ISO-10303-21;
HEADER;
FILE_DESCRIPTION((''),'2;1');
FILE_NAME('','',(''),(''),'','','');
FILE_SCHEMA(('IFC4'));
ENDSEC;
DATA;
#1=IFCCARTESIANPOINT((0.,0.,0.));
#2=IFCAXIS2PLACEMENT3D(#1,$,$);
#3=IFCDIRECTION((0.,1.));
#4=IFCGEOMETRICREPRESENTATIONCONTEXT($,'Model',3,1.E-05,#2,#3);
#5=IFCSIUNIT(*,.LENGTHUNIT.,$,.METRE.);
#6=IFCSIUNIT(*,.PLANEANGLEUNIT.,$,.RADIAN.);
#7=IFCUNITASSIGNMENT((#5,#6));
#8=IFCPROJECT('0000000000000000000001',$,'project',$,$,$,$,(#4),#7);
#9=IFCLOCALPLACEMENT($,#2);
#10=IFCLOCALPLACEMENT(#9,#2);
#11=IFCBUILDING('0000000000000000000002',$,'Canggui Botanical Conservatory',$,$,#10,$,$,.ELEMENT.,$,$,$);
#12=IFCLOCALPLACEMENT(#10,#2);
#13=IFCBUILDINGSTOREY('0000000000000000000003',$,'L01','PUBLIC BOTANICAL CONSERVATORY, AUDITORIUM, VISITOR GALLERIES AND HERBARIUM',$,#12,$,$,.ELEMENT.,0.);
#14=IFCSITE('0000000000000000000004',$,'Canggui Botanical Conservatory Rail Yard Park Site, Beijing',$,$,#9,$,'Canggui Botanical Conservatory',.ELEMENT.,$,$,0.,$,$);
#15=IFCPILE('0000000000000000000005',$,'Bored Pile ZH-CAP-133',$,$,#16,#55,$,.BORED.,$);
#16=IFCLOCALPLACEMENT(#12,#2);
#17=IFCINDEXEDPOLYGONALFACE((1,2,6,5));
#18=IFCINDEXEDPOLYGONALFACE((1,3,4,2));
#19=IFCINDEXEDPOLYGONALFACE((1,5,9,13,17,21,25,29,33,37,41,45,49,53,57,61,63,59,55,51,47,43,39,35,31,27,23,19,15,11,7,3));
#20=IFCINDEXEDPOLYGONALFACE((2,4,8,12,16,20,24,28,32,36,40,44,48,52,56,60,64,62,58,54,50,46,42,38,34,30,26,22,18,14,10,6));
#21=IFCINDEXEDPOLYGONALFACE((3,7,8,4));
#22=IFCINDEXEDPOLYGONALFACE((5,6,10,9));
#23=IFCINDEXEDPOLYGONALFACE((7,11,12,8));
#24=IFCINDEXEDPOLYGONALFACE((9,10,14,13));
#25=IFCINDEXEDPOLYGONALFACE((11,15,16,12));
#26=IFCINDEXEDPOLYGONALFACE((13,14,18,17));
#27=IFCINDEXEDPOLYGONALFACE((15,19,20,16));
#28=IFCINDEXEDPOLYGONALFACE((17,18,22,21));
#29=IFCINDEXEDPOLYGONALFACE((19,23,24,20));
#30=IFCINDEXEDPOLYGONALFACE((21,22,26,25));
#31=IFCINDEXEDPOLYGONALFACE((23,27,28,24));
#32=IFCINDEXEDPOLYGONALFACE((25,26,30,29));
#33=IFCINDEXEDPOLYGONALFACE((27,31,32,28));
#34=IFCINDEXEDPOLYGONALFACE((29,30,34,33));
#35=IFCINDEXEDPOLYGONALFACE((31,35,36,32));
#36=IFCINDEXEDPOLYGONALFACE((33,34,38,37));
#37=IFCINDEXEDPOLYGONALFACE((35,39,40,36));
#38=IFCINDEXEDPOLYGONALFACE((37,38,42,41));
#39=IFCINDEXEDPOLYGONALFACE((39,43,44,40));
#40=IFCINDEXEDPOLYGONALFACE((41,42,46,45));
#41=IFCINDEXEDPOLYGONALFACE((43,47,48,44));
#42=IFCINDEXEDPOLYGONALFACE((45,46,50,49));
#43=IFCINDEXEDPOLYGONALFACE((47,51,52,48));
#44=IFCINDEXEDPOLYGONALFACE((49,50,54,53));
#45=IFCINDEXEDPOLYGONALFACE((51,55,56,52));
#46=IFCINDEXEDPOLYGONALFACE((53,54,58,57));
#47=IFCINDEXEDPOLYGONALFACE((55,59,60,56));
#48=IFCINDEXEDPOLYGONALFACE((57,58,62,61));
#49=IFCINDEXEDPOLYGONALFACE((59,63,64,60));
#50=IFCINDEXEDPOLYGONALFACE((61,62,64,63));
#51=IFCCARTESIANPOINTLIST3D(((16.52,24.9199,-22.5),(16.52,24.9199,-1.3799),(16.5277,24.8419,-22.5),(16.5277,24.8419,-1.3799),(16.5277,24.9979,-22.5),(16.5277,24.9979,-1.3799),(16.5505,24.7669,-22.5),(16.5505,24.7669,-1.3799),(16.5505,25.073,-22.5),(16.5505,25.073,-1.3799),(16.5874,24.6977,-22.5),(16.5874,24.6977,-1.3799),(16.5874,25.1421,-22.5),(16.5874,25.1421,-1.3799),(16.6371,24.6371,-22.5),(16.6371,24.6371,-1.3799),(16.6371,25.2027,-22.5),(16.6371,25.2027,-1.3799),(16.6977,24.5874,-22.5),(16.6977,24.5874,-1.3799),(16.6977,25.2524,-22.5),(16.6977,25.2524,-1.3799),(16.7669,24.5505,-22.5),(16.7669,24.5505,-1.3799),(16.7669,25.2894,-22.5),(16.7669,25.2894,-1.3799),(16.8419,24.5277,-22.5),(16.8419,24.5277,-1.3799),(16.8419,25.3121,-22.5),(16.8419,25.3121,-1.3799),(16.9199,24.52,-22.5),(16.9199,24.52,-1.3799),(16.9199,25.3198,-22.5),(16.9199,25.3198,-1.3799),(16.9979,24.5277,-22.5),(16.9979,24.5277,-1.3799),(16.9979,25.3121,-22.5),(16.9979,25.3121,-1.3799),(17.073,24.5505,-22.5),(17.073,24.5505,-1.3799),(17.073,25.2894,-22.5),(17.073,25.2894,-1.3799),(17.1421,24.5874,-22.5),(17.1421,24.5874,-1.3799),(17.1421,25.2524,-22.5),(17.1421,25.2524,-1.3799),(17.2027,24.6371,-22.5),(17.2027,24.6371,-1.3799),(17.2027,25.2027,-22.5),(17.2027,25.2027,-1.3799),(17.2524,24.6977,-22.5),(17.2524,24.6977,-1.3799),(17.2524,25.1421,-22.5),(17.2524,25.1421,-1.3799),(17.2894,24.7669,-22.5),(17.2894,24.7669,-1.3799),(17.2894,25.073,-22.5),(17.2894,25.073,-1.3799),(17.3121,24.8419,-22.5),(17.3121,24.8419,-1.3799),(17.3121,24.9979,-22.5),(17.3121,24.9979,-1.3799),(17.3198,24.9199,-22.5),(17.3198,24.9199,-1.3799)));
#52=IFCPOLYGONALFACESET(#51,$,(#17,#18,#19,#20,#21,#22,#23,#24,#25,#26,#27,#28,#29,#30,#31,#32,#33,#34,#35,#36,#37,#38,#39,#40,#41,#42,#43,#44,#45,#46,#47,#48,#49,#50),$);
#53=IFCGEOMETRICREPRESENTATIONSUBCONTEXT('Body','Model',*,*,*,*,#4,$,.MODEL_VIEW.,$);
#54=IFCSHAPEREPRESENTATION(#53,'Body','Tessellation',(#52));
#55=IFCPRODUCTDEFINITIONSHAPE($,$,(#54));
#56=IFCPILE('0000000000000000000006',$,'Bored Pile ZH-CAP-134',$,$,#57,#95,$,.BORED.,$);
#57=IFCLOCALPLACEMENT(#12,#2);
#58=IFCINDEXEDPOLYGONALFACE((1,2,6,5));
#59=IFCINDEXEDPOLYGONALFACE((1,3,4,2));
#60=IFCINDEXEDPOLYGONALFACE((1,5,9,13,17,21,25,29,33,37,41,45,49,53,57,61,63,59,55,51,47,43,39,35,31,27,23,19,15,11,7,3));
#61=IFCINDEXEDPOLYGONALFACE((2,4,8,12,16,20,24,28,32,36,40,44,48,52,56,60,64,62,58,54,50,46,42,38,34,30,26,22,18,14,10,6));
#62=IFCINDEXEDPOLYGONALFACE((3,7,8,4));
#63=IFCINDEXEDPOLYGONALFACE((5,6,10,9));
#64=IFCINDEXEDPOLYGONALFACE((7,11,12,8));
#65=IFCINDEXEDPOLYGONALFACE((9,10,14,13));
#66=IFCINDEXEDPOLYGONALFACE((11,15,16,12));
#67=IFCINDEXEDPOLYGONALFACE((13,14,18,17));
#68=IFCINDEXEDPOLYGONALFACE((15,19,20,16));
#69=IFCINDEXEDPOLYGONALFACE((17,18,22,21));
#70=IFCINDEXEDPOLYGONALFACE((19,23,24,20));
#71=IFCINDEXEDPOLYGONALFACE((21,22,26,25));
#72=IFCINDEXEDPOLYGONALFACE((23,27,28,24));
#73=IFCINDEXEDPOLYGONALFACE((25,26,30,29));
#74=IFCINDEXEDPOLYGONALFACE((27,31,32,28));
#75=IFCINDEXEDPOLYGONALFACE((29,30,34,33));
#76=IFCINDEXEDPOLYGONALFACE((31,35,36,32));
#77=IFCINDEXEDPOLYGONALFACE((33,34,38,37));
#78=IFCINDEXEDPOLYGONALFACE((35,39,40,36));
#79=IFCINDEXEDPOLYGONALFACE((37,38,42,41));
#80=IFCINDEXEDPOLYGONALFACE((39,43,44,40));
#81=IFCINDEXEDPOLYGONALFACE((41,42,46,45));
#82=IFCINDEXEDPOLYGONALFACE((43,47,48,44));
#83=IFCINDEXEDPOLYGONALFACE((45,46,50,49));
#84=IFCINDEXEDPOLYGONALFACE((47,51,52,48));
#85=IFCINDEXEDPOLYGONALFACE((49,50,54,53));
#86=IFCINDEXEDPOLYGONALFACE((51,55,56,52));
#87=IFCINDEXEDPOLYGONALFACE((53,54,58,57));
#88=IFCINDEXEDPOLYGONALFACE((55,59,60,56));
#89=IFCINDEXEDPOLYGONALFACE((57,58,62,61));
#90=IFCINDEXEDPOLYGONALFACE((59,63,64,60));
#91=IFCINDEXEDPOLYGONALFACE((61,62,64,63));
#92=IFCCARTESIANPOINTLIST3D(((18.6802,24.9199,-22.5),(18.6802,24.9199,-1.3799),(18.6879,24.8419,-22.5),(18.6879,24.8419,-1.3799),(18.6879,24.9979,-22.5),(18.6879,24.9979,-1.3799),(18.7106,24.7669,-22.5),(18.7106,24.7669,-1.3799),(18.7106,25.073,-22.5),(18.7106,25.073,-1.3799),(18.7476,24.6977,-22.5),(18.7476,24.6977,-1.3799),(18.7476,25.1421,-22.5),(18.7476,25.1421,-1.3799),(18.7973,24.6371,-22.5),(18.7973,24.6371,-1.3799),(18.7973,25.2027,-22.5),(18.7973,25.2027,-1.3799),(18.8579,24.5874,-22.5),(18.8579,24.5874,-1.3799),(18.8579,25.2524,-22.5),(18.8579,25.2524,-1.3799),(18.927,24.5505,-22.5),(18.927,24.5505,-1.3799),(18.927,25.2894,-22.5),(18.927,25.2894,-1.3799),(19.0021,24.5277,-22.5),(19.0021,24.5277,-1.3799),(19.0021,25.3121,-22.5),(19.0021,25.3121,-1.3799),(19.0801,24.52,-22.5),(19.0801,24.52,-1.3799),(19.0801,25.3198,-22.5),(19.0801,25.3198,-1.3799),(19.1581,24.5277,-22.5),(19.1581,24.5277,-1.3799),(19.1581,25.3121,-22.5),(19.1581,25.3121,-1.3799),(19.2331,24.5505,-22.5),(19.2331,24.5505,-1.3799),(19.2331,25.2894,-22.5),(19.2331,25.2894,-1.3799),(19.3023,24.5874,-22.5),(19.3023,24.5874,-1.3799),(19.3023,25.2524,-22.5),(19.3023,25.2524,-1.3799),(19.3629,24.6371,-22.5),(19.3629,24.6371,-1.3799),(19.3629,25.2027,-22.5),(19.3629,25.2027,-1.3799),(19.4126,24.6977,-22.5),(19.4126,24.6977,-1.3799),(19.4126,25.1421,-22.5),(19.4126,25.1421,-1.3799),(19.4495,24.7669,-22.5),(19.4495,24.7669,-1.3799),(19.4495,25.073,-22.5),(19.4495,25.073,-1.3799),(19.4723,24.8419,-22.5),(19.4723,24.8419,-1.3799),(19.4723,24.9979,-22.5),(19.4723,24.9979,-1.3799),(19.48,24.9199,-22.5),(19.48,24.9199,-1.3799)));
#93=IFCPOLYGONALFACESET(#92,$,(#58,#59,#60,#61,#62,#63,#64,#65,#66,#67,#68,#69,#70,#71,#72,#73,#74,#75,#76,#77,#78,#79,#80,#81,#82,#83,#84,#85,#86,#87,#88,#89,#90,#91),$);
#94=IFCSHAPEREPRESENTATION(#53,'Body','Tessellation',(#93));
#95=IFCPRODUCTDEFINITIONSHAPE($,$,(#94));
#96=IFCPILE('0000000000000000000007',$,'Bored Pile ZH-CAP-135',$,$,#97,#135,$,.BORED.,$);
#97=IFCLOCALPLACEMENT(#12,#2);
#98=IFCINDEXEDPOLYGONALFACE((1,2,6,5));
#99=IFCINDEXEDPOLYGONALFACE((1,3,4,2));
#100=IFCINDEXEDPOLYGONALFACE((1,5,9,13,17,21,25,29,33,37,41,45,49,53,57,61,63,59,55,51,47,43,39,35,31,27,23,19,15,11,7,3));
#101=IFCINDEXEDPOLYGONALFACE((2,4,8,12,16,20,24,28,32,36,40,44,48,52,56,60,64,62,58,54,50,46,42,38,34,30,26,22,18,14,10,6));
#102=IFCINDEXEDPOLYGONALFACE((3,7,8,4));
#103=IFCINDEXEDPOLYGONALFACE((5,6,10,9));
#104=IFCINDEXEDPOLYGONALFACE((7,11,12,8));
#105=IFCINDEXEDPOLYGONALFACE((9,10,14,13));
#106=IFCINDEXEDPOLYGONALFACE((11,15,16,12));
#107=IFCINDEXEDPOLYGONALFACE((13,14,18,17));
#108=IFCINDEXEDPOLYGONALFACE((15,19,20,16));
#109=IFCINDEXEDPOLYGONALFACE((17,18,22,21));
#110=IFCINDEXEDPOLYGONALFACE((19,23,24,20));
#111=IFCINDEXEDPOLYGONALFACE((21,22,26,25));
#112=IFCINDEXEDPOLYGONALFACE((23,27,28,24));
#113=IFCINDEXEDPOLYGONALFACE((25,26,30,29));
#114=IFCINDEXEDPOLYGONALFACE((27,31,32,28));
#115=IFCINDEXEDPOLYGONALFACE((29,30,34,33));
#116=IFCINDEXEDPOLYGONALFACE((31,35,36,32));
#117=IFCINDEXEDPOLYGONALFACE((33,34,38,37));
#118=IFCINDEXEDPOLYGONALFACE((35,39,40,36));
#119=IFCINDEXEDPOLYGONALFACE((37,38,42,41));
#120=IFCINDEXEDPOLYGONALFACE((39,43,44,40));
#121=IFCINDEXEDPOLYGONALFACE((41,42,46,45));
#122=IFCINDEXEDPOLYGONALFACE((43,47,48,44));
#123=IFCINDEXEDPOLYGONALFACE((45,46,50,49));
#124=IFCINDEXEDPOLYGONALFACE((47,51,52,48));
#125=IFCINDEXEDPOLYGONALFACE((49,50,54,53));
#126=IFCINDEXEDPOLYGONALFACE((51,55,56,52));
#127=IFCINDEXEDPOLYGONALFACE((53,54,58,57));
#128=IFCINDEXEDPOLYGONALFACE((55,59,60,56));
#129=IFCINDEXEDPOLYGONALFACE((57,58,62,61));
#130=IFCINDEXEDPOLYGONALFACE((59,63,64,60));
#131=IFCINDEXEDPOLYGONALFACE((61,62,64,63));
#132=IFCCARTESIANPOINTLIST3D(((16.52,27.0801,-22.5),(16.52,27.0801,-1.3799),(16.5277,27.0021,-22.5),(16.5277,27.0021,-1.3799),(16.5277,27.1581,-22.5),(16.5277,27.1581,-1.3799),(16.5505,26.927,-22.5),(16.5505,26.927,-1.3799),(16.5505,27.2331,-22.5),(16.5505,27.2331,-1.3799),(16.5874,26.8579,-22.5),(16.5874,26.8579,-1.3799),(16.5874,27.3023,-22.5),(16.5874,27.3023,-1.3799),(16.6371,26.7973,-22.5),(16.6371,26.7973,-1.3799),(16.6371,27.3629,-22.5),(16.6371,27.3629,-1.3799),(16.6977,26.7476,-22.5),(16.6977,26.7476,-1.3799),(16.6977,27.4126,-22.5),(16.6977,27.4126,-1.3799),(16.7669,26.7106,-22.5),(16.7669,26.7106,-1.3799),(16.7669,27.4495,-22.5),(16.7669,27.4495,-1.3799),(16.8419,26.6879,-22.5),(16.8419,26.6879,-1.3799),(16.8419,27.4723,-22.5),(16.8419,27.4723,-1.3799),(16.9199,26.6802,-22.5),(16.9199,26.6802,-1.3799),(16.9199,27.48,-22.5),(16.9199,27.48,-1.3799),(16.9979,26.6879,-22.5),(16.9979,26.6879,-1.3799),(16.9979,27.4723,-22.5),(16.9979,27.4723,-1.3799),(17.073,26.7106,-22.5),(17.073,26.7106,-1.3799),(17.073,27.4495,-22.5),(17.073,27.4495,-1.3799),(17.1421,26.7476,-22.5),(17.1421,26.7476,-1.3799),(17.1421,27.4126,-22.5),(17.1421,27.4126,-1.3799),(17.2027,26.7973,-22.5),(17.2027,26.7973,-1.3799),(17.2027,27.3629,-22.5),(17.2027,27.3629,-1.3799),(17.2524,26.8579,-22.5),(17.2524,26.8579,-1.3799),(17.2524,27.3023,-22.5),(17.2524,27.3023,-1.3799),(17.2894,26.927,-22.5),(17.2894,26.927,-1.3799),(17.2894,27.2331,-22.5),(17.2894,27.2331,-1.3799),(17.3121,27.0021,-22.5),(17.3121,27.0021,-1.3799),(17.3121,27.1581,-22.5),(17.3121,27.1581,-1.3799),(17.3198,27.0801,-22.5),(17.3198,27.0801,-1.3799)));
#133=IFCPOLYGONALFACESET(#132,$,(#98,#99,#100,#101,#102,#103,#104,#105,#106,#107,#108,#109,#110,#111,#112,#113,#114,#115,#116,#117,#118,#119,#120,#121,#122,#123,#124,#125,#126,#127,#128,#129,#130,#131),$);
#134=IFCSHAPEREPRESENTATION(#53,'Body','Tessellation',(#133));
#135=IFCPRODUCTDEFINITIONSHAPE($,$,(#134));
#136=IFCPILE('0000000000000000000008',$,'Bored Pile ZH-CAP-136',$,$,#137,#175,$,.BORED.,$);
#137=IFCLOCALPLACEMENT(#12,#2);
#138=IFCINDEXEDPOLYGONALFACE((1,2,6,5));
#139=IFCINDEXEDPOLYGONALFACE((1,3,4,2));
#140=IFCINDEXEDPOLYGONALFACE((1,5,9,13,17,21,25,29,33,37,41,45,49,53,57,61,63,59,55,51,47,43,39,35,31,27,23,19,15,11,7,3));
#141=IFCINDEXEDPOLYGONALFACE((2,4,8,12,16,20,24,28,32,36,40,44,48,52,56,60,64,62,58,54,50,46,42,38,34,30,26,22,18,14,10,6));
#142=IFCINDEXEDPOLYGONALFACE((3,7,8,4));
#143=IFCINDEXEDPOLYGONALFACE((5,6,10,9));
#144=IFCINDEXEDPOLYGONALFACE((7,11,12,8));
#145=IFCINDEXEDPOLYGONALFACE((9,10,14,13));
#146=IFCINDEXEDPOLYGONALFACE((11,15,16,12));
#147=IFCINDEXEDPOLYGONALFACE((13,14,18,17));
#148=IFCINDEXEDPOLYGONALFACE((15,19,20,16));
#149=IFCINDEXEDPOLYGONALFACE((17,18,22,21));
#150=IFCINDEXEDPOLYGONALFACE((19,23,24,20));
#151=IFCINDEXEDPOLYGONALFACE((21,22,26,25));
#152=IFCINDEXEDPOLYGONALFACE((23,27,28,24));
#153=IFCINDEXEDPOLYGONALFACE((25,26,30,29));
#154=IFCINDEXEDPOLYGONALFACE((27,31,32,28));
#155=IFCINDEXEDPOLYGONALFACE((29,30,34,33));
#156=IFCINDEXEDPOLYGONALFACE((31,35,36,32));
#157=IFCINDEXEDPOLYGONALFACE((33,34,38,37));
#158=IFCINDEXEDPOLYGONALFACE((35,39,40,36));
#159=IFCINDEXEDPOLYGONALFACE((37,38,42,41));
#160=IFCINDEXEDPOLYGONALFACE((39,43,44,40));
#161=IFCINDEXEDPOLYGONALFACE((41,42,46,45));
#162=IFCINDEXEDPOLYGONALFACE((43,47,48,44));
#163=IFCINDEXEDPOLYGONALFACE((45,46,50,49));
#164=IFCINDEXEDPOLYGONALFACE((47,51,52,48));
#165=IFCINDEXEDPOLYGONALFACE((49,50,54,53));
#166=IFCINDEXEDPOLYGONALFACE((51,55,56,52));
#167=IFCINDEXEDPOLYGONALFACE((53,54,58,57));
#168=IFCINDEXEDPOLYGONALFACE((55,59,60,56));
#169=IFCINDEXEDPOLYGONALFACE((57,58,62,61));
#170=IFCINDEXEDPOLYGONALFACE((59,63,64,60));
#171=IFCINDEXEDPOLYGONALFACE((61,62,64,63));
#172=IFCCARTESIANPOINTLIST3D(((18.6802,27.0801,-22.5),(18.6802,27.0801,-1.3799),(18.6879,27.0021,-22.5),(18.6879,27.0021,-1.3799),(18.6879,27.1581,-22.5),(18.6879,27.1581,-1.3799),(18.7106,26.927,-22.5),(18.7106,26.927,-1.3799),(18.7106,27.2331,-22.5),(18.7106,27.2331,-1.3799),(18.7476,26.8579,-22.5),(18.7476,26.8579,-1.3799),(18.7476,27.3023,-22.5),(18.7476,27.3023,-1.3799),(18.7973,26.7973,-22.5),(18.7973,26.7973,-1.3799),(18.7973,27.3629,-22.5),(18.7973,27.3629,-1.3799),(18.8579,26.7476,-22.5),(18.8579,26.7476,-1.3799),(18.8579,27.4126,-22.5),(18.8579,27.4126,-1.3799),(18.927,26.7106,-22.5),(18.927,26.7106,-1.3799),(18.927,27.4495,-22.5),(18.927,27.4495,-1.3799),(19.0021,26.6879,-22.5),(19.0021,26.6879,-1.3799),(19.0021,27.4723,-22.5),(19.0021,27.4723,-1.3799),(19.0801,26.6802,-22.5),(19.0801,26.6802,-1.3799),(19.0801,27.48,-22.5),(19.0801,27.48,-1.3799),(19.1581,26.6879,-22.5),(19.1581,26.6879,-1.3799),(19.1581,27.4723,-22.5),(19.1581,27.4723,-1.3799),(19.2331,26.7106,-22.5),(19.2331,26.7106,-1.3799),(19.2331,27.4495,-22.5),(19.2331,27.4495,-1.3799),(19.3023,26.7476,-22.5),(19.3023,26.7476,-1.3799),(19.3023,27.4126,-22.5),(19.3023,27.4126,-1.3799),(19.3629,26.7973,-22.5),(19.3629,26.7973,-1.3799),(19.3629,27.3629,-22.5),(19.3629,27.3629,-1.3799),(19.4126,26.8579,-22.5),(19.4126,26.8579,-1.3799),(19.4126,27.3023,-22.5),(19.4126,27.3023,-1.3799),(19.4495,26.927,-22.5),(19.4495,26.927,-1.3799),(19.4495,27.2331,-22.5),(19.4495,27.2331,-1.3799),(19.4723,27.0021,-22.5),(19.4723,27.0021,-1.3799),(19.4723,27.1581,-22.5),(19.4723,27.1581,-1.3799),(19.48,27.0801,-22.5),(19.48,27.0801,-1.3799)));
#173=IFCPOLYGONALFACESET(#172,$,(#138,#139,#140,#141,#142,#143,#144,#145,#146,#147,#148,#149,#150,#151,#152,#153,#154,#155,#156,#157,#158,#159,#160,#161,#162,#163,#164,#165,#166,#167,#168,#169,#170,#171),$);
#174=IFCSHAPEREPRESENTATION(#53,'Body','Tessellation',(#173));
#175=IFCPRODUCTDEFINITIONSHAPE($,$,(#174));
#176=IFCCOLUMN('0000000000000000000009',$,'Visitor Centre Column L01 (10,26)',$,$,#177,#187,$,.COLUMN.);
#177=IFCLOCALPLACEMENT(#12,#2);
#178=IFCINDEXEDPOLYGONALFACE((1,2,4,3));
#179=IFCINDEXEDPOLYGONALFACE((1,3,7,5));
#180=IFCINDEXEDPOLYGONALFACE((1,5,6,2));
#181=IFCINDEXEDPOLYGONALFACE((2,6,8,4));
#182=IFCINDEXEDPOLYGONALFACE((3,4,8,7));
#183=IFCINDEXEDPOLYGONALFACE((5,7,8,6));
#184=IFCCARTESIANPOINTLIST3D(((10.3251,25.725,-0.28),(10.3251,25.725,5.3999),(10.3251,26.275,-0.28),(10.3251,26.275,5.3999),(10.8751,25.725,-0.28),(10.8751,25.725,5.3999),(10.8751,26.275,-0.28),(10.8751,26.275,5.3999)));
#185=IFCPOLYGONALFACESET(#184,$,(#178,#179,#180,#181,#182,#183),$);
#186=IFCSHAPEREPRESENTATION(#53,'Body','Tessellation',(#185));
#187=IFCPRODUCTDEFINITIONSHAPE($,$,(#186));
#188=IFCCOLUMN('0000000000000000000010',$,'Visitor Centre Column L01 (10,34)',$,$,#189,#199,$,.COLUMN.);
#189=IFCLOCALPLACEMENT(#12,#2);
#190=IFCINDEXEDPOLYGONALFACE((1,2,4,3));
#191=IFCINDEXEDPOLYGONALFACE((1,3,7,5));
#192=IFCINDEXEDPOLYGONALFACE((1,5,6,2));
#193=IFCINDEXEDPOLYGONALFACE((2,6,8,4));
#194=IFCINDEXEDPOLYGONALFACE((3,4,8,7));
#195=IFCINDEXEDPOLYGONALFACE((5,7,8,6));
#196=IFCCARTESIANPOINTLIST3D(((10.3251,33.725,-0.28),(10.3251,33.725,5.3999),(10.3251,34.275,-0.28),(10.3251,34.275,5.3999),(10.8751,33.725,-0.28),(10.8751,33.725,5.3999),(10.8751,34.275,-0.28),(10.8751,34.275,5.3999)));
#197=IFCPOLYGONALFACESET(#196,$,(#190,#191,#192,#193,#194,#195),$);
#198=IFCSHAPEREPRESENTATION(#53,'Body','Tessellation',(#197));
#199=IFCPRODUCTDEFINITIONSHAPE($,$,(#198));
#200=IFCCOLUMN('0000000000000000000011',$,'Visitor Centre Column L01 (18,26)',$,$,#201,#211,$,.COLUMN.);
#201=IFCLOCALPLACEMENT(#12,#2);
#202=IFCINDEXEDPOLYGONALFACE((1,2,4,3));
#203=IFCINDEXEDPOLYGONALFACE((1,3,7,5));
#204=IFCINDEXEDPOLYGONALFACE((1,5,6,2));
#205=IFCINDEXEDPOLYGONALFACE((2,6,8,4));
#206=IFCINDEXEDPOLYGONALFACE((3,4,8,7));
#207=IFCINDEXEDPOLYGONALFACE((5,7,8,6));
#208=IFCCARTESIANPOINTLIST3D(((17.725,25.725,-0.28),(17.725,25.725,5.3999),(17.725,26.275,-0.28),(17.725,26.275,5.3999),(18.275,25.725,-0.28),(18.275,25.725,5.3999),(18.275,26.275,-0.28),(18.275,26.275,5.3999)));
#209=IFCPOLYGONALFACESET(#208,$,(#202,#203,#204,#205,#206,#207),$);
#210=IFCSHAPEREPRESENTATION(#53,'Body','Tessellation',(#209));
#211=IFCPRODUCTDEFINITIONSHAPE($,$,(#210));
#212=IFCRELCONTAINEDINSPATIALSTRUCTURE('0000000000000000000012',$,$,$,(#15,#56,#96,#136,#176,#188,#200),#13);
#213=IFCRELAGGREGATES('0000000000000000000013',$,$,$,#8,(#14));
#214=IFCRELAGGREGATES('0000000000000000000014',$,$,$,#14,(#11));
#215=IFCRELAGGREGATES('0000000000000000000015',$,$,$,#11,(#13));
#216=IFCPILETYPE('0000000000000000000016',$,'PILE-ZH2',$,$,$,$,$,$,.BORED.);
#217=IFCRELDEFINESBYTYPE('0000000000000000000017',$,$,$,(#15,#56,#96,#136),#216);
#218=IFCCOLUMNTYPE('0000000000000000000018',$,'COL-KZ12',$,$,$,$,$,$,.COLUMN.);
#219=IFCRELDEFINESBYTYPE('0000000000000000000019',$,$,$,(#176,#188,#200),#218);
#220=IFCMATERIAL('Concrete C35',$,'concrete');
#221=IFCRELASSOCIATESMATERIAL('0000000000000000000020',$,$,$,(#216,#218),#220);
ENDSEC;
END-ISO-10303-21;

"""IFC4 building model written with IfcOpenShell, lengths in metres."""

from ifc_helpers import new_model, si_unit, direction, frame, origin, origin_2d, place, context, subcontext, project, spatial, rectangle, circle, extrude, material, material_profile, profile_set, type_object, element, save


model = new_model("IFC4")

# Units and contexts
model_context = context("Model", 3, precision=1e-05, world=origin(), true_north=direction((0.0, 1.0)))
body_context = subcontext(model_context, "Body", "Model", "MODEL_VIEW")
ifc_project = project(units=[si_unit("LENGTHUNIT", "METRE"), si_unit("PLANEANGLEUNIT", "RADIAN")], contexts=[model_context])

# Site, building, storey
site_placement = place(None, origin())
site = spatial("IfcSite", under=ifc_project, at=site_placement, Name="Canggui Botanical Conservatory Rail Yard Park Site, Beijing", LongName="Canggui Botanical Conservatory", CompositionType="ELEMENT", RefElevation=0.0)
building_placement = place(site_placement, origin())
building = spatial("IfcBuilding", under=site, at=building_placement, Name="Canggui Botanical Conservatory", CompositionType="ELEMENT")
storey_placement = place(building_placement, origin())
storey = spatial("IfcBuildingStorey", under=building, at=storey_placement, Name="L01", Description="PUBLIC BOTANICAL CONSERVATORY, AUDITORIUM, VISITOR GALLERIES AND HERBARIUM", CompositionType="ELEMENT", Elevation=0.0)

# Shared definitions
ifc_material_1 = material(Name="Concrete C35", Category="concrete")

# Piles
ifc_material_profile_1 = material_profile(ifc_material_1, circle(Radius=0.3999, at=origin_2d()), Name="PILE D800")
ifc_profile_set_1 = profile_set([ifc_material_profile_1], Name="Concrete C35")
pile_type = type_object("IfcPileType", Name="PILE-ZH2", PredefinedType="BORED", material=ifc_profile_set_1)
for number, where, z_axis, x_axis, name in (
    (1, (16.9199, 24.9199, -1.3799), (0.0, 0.0, -1.0), (1.0, 0.0, 0.0), "Bored Pile ZH-CAP-133"),
    (2, (19.0801, 24.9199, -1.3799), (0.0, 0.0, -1.0), (1.0, 0.0, 0.0), "Bored Pile ZH-CAP-134"),
    (3, (16.9199, 27.0801, -1.3799), (0.0, 0.0, -1.0), (1.0, 0.0, 0.0), "Bored Pile ZH-CAP-135"),
    (4, (19.0801, 27.0801, -1.3799), (0.0, 0.0, -1.0), (1.0, 0.0, 0.0), "Bored Pile ZH-CAP-136"),
):
    element("IfcPile", number, at=place(storey_placement, frame(where, z_axis=z_axis, x_axis=x_axis)), inside=storey, type_object=pile_type, Name=name, PredefinedType="BORED", context=body_context, shape_type="SweptSolid", body=[
        extrude(circle(Radius=0.3999, at=origin_2d()), origin(), (0.0, 0.0, 1.0), 21.1201),
    ])

# Columns
ifc_material_profile_2 = material_profile(ifc_material_1, rectangle(XDim=0.55, YDim=0.55, at=origin_2d()), Name="RC 550x550")
ifc_profile_set_2 = profile_set([ifc_material_profile_2], Name="Concrete C35")
column_type = type_object("IfcColumnType", Name="COL-KZ12", PredefinedType="COLUMN", material=ifc_profile_set_2)
for number, where, z_axis, x_axis, name in (
    (5, (10.6001, 26.0, -0.28), (0.0, 0.0, 1.0), (1.0, 0.0, 0.0), "Visitor Centre Column L01 (10,26)"),
    (6, (10.6001, 34.0, -0.28), (0.0, 0.0, 1.0), (1.0, 0.0, 0.0), "Visitor Centre Column L01 (10,34)"),
    (7, (18.0, 26.0, -0.28), (0.0, 0.0, 1.0), (1.0, 0.0, 0.0), "Visitor Centre Column L01 (18,26)"),
):
    element("IfcColumn", number, at=place(storey_placement, frame(where, z_axis=z_axis, x_axis=x_axis)), inside=storey, type_object=column_type, Name=name, PredefinedType="COLUMN", context=body_context, shape_type="SweptSolid", body=[
        extrude(rectangle(XDim=0.55, YDim=0.55, at=origin_2d()), origin(), (0.0, 0.0, 1.0), 5.6799),
    ])

save(model, "model.ifc")
